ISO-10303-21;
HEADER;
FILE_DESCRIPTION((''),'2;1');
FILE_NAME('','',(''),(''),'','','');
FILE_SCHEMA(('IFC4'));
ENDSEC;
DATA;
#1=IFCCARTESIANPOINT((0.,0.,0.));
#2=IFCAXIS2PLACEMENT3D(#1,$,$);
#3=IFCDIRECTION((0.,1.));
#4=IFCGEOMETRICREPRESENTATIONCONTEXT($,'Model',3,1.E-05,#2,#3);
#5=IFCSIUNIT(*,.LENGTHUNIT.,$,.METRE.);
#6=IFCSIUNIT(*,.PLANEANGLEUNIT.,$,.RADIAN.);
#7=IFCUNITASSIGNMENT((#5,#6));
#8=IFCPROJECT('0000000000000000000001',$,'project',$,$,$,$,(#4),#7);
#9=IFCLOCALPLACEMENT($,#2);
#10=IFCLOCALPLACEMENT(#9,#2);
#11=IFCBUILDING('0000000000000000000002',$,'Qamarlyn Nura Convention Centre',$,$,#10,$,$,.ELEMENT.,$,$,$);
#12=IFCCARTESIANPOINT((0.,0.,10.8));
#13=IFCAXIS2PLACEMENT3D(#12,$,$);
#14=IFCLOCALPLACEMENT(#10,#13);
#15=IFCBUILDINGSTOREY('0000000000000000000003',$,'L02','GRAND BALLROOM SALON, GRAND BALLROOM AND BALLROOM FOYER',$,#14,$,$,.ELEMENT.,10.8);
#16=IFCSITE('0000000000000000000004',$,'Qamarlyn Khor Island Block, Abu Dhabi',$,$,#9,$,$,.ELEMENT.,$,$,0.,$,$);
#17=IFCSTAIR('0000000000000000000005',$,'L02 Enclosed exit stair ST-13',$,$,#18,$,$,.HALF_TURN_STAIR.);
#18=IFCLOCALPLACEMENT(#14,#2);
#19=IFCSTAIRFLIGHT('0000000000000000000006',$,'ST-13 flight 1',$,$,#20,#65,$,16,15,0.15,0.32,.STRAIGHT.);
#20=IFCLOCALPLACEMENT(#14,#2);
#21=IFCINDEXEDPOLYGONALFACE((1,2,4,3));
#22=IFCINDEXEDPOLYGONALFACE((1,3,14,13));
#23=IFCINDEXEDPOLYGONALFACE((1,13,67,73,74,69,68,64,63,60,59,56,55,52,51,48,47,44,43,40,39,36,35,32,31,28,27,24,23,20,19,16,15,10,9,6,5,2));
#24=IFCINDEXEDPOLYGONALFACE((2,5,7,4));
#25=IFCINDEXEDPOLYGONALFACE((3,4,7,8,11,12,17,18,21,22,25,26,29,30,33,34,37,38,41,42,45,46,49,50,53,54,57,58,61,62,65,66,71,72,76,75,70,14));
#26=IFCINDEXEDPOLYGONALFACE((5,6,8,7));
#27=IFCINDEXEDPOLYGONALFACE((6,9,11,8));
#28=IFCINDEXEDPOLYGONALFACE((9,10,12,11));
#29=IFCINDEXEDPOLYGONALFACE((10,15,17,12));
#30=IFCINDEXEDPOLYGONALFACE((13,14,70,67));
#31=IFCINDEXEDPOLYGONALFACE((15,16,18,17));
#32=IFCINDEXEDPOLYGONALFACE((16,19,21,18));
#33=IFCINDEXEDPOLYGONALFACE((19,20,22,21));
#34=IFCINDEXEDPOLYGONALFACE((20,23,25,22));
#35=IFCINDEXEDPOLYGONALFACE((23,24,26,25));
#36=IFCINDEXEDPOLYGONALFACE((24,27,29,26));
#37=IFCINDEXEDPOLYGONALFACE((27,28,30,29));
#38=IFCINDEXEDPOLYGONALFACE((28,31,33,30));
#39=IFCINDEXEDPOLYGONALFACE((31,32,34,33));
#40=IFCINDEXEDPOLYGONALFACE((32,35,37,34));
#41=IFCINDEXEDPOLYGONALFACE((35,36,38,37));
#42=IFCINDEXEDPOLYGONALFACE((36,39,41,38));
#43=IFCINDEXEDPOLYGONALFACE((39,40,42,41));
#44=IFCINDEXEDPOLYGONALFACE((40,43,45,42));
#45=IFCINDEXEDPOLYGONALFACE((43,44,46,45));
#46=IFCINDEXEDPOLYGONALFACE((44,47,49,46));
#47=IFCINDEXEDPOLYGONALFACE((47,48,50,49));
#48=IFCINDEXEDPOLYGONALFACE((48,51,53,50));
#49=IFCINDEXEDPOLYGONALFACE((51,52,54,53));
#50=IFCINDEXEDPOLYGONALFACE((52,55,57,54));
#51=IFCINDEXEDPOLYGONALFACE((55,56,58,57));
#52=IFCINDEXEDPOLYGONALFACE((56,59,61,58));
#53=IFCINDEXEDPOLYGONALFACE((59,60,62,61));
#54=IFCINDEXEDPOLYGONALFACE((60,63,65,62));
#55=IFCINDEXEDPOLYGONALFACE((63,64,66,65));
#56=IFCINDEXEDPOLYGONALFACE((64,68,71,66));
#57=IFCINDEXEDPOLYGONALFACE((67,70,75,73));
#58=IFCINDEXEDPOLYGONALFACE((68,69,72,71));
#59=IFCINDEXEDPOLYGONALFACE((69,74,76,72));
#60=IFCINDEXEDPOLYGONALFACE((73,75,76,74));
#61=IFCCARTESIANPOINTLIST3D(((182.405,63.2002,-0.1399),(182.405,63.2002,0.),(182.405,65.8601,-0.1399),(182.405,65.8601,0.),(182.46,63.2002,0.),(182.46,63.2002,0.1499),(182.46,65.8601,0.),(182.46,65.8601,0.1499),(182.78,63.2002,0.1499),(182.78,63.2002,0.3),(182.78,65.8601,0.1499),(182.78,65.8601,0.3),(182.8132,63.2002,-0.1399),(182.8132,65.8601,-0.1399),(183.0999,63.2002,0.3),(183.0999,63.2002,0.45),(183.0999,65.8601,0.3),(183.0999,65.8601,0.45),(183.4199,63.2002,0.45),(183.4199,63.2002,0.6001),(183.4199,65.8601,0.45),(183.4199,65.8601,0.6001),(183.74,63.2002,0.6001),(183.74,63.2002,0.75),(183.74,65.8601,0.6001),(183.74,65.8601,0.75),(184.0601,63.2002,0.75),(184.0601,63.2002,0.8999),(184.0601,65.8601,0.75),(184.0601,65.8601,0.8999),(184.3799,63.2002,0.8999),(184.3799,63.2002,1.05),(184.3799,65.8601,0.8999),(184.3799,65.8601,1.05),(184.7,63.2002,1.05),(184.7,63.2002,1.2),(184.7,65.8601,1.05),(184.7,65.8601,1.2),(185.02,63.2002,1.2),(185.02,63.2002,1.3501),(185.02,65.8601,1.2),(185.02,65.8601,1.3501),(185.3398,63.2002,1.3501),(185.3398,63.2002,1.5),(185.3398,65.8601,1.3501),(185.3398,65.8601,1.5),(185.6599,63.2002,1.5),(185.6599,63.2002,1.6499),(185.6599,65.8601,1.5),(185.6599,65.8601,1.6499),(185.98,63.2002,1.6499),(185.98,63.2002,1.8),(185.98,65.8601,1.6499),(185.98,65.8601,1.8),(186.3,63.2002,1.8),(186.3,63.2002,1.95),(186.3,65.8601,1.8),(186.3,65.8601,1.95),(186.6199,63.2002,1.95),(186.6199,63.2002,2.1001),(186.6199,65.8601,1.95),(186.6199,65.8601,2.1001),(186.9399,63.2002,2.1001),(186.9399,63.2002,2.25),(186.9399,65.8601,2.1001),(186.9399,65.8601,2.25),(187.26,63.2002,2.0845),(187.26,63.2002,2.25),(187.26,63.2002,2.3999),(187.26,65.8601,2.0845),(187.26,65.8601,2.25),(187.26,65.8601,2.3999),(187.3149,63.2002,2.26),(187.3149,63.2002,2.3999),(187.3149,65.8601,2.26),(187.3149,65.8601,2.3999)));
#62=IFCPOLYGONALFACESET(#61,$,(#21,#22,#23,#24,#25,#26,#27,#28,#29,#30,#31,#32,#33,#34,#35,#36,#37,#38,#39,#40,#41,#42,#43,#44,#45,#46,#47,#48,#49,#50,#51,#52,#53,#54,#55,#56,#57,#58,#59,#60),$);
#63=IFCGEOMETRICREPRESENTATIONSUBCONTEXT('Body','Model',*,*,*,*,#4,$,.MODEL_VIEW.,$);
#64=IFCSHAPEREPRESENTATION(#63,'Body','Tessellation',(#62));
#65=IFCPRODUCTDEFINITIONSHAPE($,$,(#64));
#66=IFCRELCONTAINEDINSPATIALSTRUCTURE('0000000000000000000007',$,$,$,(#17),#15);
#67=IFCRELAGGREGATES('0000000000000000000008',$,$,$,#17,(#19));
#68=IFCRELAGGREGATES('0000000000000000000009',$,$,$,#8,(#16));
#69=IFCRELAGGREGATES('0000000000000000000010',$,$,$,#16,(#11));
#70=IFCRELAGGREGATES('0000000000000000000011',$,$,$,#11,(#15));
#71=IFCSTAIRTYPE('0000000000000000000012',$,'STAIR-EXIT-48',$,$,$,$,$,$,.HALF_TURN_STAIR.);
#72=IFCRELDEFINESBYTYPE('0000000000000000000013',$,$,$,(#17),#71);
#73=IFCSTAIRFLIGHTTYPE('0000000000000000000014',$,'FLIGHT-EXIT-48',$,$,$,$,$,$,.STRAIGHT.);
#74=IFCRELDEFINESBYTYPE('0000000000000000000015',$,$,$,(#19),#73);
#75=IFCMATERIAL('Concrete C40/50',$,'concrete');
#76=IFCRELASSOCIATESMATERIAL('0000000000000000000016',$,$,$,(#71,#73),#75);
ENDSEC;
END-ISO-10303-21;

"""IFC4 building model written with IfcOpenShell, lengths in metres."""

from ifc_helpers import new_model, si_unit, direction, frame, origin, place, context, subcontext, project, spatial, polyline, outline, extrude, material, type_object, element, aggregate, save


model = new_model("IFC4")

# Units and contexts
model_context = context("Model", 3, precision=1e-05, world=origin(), true_north=direction((0.0, 1.0)))
body_context = subcontext(model_context, "Body", "Model", "MODEL_VIEW")
ifc_project = project(units=[si_unit("LENGTHUNIT", "METRE"), si_unit("PLANEANGLEUNIT", "RADIAN")], contexts=[model_context])

# Site, building, storey
site_placement = place(None, origin())
site = spatial("IfcSite", under=ifc_project, at=site_placement, Name="Qamarlyn Khor Island Block, Abu Dhabi", CompositionType="ELEMENT", RefElevation=0.0)
building_placement = place(site_placement, origin())
building = spatial("IfcBuilding", under=site, at=building_placement, Name="Qamarlyn Nura Convention Centre", CompositionType="ELEMENT")
storey_placement = place(building_placement, frame((0.0, 0.0, 10.8)))
storey = spatial("IfcBuildingStorey", under=building, at=storey_placement, Name="L02", Description="GRAND BALLROOM SALON, GRAND BALLROOM AND BALLROOM FOYER", CompositionType="ELEMENT", Elevation=10.8)

# Stair, stair flight
ifc_material_1 = material(Name="Concrete C40/50", Category="concrete")
stair_type = type_object("IfcStairType", Name="STAIR-EXIT-48", PredefinedType="HALF_TURN_STAIR", material=ifc_material_1)
stair_placement = place(storey_placement, origin())
stair = element("IfcStair", 1, at=stair_placement, inside=storey, type_object=stair_type, Name="L02 Enclosed exit stair ST-13", PredefinedType="HALF_TURN_STAIR")
stair_flight_type = type_object("IfcStairFlightType", Name="FLIGHT-EXIT-48", PredefinedType="STRAIGHT", material=ifc_material_1)
stair_flight_placement = place(storey_placement, frame((182.46, 64.53, 0.0), z_axis=(0.0, 0.0, 1.0), x_axis=(1.0, 0.0, 0.0)))
stair_flight = element("IfcStairFlight", 2, at=stair_flight_placement, type_object=stair_flight_type, Name="ST-13 flight 1", NumberOfRisers=16, NumberOfTreads=15, PredefinedType="STRAIGHT", RiserHeight=0.15, TreadLength=0.32, context=body_context, shape_type="SweptSolid", body=[
    extrude(outline(polyline([(-0.0549, 0.0), (0.0, 0.0), (0.0, 0.1499), (0.3201, 0.1499), (0.3201, 0.3), (0.6399, 0.3), (0.6399, 0.45), (0.96, 0.45), (0.96, 0.6001), (1.28, 0.6001), (1.28, 0.75), (1.6001, 0.75), (1.6001, 0.8999), (1.9199, 0.8999), (1.9199, 1.05), (2.24, 1.05), (2.24, 1.2), (2.5601, 1.2), (2.5601, 1.3501), (2.8799, 1.3501), (2.8799, 1.5), (3.2, 1.5), (3.2, 1.6499), (3.52, 1.6499), (3.52, 1.8), (3.8401, 1.8), (3.8401, 1.95), (4.1599, 1.95), (4.1599, 2.1001), (4.48, 2.1001), (4.48, 2.25), (4.8, 2.25), (4.8, 2.3999), (4.855, 2.3999), (4.855, 2.26), (4.8, 2.0845), (0.3533, -0.1399), (-0.0549, -0.1399), (-0.0549, 0.0)])), frame((0.0, 1.3301, 0.0), z_axis=(0.0, -1.0, 0.0), x_axis=(1.0, 0.0, 0.0)), (0.0, 0.0, 1.0), 2.6599),
])
aggregate(stair, [stair_flight])

save(model, "model.ifc")
